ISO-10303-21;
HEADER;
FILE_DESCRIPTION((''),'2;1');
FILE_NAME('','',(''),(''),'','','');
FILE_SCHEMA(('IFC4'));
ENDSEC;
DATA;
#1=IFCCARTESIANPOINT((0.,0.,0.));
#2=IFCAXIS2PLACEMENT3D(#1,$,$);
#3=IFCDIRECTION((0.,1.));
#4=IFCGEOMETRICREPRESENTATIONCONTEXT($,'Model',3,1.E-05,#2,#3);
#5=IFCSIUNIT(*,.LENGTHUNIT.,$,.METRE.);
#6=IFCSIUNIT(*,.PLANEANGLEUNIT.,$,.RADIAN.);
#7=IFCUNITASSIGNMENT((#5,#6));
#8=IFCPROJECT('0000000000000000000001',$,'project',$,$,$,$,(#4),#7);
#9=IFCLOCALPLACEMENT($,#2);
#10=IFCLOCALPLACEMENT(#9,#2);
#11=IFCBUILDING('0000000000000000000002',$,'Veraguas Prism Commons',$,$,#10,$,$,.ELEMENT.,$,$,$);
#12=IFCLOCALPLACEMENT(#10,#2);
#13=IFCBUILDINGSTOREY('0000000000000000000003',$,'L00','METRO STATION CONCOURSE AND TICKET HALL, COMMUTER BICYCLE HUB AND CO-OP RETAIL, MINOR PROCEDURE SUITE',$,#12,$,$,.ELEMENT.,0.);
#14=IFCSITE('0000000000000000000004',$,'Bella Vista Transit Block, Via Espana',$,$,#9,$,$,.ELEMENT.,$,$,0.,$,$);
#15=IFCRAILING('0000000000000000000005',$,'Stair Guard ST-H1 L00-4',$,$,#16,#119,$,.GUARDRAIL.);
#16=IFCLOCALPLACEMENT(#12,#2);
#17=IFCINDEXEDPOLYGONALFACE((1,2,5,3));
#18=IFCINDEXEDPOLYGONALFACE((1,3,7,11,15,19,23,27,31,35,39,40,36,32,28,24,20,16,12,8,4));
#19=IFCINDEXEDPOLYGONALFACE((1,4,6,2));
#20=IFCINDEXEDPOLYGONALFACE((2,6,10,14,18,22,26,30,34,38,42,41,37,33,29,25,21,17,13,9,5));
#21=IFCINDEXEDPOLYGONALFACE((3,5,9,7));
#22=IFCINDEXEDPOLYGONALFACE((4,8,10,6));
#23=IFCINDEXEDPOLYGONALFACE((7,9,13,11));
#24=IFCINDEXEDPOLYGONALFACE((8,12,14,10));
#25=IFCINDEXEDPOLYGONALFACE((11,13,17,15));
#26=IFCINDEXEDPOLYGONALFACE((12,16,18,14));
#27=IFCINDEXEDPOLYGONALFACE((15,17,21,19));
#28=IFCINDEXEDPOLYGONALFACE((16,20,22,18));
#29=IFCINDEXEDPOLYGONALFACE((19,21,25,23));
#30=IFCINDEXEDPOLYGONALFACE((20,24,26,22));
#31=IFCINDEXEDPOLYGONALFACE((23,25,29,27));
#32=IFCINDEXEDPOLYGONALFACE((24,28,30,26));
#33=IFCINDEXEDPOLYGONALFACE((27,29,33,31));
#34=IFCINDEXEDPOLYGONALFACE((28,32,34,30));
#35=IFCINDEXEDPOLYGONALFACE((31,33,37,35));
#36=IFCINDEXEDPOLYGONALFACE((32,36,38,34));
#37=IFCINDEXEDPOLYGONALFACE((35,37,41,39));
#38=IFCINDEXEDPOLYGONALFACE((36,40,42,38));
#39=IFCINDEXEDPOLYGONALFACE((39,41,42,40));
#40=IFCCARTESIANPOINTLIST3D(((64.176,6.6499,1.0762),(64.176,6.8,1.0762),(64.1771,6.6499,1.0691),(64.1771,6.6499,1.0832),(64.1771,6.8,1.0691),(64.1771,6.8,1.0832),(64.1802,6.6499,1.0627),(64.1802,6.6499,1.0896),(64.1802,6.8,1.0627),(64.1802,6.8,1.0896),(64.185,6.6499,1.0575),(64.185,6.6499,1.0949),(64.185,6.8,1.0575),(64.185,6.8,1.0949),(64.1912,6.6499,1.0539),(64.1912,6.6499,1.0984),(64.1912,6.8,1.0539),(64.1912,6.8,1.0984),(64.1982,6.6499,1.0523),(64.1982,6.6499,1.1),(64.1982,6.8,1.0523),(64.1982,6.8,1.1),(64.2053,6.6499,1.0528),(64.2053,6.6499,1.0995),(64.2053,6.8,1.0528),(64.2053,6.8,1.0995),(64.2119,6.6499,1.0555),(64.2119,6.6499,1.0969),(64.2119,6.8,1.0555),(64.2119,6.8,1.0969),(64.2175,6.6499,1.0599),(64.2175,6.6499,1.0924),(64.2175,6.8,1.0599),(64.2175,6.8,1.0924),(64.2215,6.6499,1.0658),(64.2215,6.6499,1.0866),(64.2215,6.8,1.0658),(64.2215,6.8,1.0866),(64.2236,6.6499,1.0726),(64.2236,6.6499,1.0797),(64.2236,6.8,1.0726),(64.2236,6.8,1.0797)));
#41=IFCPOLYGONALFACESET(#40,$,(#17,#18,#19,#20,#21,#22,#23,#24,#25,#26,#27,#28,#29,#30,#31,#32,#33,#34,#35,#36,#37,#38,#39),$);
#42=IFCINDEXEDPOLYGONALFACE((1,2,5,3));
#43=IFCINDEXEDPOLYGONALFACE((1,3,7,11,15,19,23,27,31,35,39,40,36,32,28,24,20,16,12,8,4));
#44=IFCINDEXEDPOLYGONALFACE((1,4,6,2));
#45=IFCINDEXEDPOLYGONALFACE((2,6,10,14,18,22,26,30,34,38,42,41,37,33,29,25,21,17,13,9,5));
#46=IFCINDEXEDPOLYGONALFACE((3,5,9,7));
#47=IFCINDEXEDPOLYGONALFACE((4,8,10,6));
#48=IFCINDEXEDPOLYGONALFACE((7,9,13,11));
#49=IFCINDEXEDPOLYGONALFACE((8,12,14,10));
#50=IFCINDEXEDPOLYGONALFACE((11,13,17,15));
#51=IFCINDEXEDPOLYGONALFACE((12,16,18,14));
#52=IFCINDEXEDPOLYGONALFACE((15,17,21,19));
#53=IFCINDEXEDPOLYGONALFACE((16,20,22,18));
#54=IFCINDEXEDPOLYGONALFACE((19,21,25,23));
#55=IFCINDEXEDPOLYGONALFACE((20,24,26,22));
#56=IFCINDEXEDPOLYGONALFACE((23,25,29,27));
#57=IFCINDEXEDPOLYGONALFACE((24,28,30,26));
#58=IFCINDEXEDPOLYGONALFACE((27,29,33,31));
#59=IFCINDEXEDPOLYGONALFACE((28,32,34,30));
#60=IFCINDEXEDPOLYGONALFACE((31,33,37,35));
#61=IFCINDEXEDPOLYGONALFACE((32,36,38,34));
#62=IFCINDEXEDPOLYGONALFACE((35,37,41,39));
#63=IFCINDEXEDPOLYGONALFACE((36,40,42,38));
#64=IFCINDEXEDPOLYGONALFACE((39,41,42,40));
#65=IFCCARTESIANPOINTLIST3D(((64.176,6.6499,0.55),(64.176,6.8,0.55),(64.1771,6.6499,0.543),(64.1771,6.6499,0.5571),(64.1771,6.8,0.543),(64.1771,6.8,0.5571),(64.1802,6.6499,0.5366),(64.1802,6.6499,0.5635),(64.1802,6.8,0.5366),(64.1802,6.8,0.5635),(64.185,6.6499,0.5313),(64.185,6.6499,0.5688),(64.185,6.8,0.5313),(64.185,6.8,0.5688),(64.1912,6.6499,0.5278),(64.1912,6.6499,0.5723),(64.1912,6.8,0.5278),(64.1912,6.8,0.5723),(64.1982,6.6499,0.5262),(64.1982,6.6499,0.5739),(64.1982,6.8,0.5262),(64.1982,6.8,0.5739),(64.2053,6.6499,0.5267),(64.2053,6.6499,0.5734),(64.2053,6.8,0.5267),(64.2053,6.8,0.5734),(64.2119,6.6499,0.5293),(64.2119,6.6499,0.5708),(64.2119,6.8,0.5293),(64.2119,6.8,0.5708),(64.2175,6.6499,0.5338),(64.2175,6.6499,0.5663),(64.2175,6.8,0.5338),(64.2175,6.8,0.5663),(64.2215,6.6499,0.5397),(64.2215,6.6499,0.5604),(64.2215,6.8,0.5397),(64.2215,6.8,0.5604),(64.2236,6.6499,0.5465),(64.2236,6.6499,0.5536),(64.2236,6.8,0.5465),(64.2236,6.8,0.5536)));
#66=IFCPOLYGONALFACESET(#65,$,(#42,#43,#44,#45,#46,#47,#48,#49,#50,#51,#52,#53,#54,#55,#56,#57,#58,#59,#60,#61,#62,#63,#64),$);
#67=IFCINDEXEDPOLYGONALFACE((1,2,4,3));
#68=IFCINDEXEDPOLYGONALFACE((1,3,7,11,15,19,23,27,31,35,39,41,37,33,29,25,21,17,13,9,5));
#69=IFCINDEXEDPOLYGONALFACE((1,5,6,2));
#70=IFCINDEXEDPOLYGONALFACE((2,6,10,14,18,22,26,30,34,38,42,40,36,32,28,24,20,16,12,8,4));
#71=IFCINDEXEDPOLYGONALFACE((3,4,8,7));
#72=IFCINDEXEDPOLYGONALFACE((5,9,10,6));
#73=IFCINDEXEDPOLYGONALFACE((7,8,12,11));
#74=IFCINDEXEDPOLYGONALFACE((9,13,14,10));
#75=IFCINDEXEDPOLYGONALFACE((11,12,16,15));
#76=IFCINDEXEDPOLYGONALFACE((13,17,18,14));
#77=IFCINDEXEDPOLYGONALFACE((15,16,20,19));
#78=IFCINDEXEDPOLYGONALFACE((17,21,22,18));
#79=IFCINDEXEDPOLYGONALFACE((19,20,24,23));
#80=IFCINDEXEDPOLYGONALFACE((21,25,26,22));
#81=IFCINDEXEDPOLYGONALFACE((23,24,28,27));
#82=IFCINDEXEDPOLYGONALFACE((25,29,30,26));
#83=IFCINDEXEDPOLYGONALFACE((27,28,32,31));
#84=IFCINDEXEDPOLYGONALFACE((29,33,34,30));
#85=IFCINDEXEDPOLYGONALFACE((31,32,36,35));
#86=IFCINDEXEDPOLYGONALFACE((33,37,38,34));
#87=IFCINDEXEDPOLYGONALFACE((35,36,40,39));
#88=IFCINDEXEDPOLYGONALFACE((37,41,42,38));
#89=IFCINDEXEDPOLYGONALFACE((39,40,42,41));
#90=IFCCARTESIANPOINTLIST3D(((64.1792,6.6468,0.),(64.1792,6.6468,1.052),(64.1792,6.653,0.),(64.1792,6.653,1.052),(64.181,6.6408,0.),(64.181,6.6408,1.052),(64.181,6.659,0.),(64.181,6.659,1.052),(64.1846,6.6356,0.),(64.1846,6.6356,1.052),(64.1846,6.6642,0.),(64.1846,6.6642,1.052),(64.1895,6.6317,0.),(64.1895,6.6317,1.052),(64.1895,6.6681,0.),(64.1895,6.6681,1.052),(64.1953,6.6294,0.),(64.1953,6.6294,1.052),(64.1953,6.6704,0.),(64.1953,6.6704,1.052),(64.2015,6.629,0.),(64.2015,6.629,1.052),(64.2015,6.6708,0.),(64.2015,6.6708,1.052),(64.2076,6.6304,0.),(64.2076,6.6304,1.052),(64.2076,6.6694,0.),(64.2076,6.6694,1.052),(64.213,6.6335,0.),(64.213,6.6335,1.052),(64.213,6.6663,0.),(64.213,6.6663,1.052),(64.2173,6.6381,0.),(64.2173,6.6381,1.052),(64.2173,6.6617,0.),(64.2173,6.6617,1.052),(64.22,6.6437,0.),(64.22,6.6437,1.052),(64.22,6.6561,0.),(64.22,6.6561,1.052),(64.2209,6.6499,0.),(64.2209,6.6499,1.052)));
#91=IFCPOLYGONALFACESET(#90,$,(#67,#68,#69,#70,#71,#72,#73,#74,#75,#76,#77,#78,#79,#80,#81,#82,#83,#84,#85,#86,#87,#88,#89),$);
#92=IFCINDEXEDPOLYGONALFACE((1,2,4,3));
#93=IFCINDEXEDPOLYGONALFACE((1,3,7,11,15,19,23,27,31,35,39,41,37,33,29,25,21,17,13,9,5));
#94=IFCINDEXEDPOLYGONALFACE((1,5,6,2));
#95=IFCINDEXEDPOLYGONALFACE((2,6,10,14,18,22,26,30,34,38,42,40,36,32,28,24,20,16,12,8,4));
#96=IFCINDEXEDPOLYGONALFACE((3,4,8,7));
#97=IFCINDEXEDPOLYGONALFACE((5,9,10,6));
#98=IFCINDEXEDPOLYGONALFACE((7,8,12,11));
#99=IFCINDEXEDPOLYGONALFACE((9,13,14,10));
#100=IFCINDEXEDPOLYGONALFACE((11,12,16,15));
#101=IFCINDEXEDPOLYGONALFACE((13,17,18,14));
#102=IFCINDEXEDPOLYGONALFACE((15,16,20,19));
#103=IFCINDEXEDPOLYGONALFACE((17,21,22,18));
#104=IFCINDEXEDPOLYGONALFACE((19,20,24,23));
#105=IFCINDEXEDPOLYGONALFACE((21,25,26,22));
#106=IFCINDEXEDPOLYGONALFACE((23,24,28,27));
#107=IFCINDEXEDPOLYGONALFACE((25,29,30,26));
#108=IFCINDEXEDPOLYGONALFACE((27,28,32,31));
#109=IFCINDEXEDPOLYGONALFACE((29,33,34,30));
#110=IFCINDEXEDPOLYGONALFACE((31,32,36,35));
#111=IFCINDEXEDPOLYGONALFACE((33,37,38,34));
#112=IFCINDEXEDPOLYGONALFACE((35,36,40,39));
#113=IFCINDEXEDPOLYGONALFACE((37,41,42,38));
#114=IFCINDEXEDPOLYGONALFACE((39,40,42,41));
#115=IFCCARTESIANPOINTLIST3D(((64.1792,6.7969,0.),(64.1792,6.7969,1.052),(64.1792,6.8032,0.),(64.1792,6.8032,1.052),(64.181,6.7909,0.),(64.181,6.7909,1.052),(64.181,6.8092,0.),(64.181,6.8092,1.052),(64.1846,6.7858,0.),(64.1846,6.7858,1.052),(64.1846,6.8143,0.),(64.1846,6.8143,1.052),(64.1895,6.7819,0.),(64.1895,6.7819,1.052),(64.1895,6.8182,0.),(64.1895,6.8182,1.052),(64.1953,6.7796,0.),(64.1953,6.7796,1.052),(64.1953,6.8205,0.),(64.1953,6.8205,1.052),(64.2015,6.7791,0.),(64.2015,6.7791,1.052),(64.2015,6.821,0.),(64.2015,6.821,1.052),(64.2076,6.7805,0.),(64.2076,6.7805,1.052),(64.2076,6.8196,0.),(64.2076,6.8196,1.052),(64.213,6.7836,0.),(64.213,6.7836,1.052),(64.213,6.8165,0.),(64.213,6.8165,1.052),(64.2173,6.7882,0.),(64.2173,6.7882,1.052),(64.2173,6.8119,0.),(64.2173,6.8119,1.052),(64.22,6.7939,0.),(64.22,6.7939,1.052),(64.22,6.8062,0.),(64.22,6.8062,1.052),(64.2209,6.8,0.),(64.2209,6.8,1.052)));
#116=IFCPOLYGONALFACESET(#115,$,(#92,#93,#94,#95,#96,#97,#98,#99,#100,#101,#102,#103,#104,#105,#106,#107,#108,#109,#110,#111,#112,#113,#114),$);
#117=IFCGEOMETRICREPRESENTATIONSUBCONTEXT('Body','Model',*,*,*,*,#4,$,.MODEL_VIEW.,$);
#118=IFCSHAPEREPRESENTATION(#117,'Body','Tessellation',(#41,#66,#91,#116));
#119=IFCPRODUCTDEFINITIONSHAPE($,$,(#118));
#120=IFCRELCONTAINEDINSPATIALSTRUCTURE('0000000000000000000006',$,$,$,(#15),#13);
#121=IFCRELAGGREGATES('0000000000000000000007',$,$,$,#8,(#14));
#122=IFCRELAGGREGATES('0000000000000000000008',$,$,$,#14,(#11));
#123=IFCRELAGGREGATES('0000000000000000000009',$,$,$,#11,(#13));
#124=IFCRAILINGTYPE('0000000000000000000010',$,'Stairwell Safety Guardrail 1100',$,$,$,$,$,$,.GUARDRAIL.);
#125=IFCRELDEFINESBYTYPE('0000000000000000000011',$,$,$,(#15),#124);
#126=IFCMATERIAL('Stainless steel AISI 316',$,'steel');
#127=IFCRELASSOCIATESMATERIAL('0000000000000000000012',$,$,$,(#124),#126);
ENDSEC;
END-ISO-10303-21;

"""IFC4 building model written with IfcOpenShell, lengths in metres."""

from ifc_helpers import new_model, si_unit, direction, frame, origin, origin_2d, place, context, subcontext, project, spatial, circle, extrude, material, type_object, element, save


model = new_model("IFC4")

# Units and contexts
model_context = context("Model", 3, precision=1e-05, world=origin(), true_north=direction((0.0, 1.0)))
body_context = subcontext(model_context, "Body", "Model", "MODEL_VIEW")
ifc_project = project(units=[si_unit("LENGTHUNIT", "METRE"), si_unit("PLANEANGLEUNIT", "RADIAN")], contexts=[model_context])

# Site, building, storey
site_placement = place(None, origin())
site = spatial("IfcSite", under=ifc_project, at=site_placement, Name="Bella Vista Transit Block, Via Espana", CompositionType="ELEMENT", RefElevation=0.0)
building_placement = place(site_placement, origin())
building = spatial("IfcBuilding", under=site, at=building_placement, Name="Veraguas Prism Commons", CompositionType="ELEMENT")
storey_placement = place(building_placement, origin())
storey = spatial("IfcBuildingStorey", under=building, at=storey_placement, Name="L00", Description="METRO STATION CONCOURSE AND TICKET HALL, COMMUTER BICYCLE HUB AND CO-OP RETAIL, MINOR PROCEDURE SUITE", CompositionType="ELEMENT", Elevation=0.0)

# Railing
ifc_material_1 = material(Name="Stainless steel AISI 316", Category="steel")
railing_type_1 = type_object("IfcRailingType", Name="Stairwell Safety Guardrail 1100", PredefinedType="GUARDRAIL", material=ifc_material_1)
railing_1_placement = place(storey_placement, frame((64.2, 6.6499, 0.0)))
element("IfcRailing", 1, at=railing_1_placement, inside=storey, type_object=railing_type_1, Name="Stair Guard ST-H1 L00-4", PredefinedType="GUARDRAIL", context=body_context, shape_type="SweptSolid", body=[
    extrude(circle(Radius=0.0239, at=origin_2d()), frame((0.0, 0.0, 1.0762), z_axis=(0.0, 1.0, 0.0), x_axis=(-1.0, 0.0, 0.0)), (0.0, 0.0, 1.0), 0.1501),
    extrude(circle(Radius=0.0239, at=origin_2d()), frame((0.0, 0.0, 0.55), z_axis=(0.0, 1.0, 0.0), x_axis=(-1.0, 0.0, 0.0)), (0.0, 0.0, 1.0), 0.1501),
    extrude(circle(Radius=0.021, at=origin_2d()), origin(), (0.0, 0.0, 1.0), 1.052),
    extrude(circle(Radius=0.021, at=origin_2d()), frame((0.0, 0.1501, 0.0)), (0.0, 0.0, 1.0), 1.052),
])

save(model, "model.ifc")
